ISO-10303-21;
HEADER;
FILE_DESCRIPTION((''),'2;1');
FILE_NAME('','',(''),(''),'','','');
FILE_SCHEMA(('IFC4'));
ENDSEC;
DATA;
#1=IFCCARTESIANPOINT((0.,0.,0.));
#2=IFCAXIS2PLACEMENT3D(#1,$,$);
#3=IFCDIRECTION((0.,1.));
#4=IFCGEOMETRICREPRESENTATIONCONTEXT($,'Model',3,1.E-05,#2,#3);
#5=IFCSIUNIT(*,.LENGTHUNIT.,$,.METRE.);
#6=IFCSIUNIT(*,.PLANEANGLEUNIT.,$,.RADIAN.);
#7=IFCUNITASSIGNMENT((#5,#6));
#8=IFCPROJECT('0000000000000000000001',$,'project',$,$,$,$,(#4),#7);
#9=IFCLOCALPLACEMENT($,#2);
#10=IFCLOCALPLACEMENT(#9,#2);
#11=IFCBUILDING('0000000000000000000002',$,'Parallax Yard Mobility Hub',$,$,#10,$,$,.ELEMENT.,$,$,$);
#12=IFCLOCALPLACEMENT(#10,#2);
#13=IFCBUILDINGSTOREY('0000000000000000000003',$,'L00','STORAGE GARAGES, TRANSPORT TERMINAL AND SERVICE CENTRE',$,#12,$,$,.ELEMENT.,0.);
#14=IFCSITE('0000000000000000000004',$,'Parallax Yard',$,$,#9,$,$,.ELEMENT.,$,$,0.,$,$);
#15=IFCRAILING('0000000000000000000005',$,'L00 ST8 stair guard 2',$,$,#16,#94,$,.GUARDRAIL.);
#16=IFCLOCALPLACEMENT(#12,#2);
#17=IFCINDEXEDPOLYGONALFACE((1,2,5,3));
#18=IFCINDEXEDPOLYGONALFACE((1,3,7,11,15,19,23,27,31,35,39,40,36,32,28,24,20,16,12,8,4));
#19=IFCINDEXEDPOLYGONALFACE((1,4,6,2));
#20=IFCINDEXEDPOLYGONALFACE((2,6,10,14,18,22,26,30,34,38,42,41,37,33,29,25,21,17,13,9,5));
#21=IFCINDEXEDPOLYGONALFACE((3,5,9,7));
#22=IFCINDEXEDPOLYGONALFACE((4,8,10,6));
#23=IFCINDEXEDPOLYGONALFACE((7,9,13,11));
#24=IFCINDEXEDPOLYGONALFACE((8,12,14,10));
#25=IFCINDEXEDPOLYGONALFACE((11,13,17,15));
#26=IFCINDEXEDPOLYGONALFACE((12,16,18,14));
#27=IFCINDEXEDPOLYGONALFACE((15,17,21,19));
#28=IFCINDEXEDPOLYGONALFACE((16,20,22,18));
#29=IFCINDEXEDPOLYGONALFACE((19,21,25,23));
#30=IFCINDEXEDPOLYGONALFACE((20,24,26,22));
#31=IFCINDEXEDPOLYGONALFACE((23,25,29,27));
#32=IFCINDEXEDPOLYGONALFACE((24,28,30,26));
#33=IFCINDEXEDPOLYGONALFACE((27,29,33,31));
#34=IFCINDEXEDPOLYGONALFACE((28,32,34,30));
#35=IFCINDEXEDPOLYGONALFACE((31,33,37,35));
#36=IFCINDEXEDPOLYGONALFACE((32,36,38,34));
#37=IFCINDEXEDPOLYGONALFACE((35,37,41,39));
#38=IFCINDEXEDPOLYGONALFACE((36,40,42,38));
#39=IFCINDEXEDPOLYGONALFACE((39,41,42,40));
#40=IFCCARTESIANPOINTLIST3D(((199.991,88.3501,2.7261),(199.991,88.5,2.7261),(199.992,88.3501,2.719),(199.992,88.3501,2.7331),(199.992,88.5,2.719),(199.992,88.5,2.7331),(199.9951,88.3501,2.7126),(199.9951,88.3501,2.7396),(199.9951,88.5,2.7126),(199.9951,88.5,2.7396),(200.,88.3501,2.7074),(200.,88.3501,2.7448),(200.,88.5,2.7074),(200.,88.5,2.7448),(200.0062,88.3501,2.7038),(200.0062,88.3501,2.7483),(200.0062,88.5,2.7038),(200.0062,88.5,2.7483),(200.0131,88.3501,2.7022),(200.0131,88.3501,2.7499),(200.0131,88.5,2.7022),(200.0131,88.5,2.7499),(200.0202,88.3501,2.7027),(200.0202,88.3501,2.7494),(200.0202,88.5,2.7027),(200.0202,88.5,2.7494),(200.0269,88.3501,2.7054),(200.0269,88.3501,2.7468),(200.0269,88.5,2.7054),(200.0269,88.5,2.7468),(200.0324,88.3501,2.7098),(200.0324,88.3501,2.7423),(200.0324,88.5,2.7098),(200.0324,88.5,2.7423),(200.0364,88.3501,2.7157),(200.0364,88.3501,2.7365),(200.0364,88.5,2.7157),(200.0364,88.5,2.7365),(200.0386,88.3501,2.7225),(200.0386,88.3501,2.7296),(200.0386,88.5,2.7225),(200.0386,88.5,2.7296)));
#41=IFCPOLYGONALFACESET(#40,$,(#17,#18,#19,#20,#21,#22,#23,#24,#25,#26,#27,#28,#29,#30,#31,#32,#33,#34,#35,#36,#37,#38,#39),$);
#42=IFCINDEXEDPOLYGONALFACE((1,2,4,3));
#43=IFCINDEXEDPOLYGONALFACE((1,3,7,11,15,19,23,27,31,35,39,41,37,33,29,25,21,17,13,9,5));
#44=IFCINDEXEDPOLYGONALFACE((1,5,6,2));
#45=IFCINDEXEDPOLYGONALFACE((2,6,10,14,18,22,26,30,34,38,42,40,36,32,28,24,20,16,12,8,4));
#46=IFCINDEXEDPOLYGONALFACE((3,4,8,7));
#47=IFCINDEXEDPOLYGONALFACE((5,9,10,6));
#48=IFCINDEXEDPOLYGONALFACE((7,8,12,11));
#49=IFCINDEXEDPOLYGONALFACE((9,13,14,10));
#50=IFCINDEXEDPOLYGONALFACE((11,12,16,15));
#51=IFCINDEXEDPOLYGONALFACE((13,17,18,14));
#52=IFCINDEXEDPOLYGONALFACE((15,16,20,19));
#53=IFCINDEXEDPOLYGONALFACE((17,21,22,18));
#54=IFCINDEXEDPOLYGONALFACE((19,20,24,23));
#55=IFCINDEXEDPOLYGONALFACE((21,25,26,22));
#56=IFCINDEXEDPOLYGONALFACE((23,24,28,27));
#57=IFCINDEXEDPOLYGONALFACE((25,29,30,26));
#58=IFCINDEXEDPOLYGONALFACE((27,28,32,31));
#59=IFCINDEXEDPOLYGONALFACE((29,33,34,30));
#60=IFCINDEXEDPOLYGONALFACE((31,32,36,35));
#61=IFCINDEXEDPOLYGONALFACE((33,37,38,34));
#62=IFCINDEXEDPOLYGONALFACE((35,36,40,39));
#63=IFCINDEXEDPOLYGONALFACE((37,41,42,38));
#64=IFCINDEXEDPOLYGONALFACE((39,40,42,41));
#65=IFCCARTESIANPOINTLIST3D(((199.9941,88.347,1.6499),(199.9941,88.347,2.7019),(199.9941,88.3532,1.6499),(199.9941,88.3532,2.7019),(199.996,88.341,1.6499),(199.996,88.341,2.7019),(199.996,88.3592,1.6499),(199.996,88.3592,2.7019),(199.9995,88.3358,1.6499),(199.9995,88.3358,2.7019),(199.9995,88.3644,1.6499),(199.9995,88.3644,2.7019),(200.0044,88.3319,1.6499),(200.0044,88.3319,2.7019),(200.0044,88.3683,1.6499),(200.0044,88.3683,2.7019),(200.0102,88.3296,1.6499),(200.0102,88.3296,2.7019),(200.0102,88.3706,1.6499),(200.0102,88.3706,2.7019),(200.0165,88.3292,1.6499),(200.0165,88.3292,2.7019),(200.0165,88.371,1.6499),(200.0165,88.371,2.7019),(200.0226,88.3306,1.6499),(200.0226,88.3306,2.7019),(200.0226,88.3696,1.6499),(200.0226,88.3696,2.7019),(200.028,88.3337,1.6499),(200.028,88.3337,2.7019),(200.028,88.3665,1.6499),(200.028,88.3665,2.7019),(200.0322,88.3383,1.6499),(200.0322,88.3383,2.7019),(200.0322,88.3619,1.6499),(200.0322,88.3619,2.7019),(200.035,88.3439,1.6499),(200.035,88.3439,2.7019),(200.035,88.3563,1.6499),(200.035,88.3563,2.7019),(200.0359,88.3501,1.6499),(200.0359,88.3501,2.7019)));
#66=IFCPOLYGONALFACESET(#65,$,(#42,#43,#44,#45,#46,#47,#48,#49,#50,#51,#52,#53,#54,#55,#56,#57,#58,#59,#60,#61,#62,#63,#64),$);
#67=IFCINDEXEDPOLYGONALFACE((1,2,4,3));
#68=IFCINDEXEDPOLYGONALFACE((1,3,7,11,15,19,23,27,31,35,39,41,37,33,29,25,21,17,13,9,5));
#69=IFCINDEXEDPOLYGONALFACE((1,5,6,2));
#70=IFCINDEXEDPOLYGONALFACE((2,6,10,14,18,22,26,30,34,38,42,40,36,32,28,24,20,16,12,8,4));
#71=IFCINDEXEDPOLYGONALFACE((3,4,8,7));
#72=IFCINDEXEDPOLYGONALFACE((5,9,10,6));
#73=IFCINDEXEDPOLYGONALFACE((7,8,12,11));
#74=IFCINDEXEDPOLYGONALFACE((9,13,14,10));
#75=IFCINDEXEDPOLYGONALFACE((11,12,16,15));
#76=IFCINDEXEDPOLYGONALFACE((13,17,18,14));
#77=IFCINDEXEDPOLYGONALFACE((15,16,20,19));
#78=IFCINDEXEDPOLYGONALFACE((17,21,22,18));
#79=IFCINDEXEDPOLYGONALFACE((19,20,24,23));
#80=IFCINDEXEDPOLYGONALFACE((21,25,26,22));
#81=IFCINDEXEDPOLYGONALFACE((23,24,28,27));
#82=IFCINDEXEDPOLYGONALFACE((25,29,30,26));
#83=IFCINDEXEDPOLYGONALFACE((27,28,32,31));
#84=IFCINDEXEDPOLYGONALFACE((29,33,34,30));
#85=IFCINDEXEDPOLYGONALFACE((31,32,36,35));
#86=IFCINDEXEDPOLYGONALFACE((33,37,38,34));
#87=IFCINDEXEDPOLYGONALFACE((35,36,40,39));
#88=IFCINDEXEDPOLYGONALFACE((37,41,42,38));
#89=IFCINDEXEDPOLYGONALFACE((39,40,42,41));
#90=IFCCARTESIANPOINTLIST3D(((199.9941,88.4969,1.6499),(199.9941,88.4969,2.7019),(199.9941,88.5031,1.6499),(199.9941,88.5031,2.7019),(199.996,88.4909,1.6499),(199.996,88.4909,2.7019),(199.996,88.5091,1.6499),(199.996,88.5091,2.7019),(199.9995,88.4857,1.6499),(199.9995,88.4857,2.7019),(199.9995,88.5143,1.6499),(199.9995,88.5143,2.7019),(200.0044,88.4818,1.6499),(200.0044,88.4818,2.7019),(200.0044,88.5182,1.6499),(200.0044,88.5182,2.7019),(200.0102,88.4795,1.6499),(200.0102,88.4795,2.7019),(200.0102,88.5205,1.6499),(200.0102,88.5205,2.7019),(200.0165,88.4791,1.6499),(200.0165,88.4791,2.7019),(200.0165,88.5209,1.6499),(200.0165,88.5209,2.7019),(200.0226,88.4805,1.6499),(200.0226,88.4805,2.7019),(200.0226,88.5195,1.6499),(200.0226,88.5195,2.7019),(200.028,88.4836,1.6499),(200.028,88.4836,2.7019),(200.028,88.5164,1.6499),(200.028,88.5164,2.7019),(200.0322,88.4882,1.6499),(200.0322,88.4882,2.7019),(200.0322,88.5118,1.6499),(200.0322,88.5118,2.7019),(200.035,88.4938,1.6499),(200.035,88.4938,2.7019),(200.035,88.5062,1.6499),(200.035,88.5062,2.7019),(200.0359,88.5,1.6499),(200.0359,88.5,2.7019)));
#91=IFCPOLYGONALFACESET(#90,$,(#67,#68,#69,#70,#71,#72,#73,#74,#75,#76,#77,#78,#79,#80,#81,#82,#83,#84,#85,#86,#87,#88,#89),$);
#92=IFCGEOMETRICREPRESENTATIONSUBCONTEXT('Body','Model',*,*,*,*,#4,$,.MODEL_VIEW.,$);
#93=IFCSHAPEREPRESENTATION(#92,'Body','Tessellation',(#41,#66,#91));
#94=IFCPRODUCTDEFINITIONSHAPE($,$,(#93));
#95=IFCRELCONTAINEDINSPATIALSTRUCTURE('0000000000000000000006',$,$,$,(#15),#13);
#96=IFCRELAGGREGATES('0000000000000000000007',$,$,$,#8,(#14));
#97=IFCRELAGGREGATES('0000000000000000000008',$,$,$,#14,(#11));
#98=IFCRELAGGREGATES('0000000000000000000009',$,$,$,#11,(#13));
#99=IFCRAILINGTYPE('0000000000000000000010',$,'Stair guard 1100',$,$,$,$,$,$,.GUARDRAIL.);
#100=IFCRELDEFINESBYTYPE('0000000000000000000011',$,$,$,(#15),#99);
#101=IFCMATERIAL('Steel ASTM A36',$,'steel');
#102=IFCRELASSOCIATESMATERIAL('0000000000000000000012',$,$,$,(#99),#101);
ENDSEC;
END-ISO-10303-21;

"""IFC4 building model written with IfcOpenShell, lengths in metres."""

from ifc_helpers import new_model, si_unit, direction, frame, origin, origin_2d, place, context, subcontext, project, spatial, circle, extrude, material, type_object, element, save


model = new_model("IFC4")

# Units and contexts
model_context = context("Model", 3, precision=1e-05, world=origin(), true_north=direction((0.0, 1.0)))
body_context = subcontext(model_context, "Body", "Model", "MODEL_VIEW")
ifc_project = project(units=[si_unit("LENGTHUNIT", "METRE"), si_unit("PLANEANGLEUNIT", "RADIAN")], contexts=[model_context])

# Site, building, storey
site_placement = place(None, origin())
site = spatial("IfcSite", under=ifc_project, at=site_placement, Name="Parallax Yard", CompositionType="ELEMENT", RefElevation=0.0)
building_placement = place(site_placement, origin())
building = spatial("IfcBuilding", under=site, at=building_placement, Name="Parallax Yard Mobility Hub", CompositionType="ELEMENT")
storey_placement = place(building_placement, origin())
storey = spatial("IfcBuildingStorey", under=building, at=storey_placement, Name="L00", Description="STORAGE GARAGES, TRANSPORT TERMINAL AND SERVICE CENTRE", CompositionType="ELEMENT", Elevation=0.0)

# Railing
ifc_material_1 = material(Name="Steel ASTM A36", Category="steel")
railing_type_1 = type_object("IfcRailingType", Name="Stair guard 1100", PredefinedType="GUARDRAIL", material=ifc_material_1)
railing_1_placement = place(storey_placement, frame((200.0149, 88.3501, 1.6499)))
element("IfcRailing", 1, at=railing_1_placement, inside=storey, type_object=railing_type_1, Name="L00 ST8 stair guard 2", PredefinedType="GUARDRAIL", context=body_context, shape_type="SweptSolid", body=[
    extrude(circle(Radius=0.0239, at=origin_2d()), frame((0.0, 0.0, 1.0762), z_axis=(0.0, 1.0, 0.0), x_axis=(-1.0, 0.0, 0.0)), (0.0, 0.0, 1.0), 0.1499),
    extrude(circle(Radius=0.021, at=origin_2d()), origin(), (0.0, 0.0, 1.0), 1.052),
    extrude(circle(Radius=0.021, at=origin_2d()), frame((0.0, 0.1499, 0.0)), (0.0, 0.0, 1.0), 1.052),
])

save(model, "model.ifc")
